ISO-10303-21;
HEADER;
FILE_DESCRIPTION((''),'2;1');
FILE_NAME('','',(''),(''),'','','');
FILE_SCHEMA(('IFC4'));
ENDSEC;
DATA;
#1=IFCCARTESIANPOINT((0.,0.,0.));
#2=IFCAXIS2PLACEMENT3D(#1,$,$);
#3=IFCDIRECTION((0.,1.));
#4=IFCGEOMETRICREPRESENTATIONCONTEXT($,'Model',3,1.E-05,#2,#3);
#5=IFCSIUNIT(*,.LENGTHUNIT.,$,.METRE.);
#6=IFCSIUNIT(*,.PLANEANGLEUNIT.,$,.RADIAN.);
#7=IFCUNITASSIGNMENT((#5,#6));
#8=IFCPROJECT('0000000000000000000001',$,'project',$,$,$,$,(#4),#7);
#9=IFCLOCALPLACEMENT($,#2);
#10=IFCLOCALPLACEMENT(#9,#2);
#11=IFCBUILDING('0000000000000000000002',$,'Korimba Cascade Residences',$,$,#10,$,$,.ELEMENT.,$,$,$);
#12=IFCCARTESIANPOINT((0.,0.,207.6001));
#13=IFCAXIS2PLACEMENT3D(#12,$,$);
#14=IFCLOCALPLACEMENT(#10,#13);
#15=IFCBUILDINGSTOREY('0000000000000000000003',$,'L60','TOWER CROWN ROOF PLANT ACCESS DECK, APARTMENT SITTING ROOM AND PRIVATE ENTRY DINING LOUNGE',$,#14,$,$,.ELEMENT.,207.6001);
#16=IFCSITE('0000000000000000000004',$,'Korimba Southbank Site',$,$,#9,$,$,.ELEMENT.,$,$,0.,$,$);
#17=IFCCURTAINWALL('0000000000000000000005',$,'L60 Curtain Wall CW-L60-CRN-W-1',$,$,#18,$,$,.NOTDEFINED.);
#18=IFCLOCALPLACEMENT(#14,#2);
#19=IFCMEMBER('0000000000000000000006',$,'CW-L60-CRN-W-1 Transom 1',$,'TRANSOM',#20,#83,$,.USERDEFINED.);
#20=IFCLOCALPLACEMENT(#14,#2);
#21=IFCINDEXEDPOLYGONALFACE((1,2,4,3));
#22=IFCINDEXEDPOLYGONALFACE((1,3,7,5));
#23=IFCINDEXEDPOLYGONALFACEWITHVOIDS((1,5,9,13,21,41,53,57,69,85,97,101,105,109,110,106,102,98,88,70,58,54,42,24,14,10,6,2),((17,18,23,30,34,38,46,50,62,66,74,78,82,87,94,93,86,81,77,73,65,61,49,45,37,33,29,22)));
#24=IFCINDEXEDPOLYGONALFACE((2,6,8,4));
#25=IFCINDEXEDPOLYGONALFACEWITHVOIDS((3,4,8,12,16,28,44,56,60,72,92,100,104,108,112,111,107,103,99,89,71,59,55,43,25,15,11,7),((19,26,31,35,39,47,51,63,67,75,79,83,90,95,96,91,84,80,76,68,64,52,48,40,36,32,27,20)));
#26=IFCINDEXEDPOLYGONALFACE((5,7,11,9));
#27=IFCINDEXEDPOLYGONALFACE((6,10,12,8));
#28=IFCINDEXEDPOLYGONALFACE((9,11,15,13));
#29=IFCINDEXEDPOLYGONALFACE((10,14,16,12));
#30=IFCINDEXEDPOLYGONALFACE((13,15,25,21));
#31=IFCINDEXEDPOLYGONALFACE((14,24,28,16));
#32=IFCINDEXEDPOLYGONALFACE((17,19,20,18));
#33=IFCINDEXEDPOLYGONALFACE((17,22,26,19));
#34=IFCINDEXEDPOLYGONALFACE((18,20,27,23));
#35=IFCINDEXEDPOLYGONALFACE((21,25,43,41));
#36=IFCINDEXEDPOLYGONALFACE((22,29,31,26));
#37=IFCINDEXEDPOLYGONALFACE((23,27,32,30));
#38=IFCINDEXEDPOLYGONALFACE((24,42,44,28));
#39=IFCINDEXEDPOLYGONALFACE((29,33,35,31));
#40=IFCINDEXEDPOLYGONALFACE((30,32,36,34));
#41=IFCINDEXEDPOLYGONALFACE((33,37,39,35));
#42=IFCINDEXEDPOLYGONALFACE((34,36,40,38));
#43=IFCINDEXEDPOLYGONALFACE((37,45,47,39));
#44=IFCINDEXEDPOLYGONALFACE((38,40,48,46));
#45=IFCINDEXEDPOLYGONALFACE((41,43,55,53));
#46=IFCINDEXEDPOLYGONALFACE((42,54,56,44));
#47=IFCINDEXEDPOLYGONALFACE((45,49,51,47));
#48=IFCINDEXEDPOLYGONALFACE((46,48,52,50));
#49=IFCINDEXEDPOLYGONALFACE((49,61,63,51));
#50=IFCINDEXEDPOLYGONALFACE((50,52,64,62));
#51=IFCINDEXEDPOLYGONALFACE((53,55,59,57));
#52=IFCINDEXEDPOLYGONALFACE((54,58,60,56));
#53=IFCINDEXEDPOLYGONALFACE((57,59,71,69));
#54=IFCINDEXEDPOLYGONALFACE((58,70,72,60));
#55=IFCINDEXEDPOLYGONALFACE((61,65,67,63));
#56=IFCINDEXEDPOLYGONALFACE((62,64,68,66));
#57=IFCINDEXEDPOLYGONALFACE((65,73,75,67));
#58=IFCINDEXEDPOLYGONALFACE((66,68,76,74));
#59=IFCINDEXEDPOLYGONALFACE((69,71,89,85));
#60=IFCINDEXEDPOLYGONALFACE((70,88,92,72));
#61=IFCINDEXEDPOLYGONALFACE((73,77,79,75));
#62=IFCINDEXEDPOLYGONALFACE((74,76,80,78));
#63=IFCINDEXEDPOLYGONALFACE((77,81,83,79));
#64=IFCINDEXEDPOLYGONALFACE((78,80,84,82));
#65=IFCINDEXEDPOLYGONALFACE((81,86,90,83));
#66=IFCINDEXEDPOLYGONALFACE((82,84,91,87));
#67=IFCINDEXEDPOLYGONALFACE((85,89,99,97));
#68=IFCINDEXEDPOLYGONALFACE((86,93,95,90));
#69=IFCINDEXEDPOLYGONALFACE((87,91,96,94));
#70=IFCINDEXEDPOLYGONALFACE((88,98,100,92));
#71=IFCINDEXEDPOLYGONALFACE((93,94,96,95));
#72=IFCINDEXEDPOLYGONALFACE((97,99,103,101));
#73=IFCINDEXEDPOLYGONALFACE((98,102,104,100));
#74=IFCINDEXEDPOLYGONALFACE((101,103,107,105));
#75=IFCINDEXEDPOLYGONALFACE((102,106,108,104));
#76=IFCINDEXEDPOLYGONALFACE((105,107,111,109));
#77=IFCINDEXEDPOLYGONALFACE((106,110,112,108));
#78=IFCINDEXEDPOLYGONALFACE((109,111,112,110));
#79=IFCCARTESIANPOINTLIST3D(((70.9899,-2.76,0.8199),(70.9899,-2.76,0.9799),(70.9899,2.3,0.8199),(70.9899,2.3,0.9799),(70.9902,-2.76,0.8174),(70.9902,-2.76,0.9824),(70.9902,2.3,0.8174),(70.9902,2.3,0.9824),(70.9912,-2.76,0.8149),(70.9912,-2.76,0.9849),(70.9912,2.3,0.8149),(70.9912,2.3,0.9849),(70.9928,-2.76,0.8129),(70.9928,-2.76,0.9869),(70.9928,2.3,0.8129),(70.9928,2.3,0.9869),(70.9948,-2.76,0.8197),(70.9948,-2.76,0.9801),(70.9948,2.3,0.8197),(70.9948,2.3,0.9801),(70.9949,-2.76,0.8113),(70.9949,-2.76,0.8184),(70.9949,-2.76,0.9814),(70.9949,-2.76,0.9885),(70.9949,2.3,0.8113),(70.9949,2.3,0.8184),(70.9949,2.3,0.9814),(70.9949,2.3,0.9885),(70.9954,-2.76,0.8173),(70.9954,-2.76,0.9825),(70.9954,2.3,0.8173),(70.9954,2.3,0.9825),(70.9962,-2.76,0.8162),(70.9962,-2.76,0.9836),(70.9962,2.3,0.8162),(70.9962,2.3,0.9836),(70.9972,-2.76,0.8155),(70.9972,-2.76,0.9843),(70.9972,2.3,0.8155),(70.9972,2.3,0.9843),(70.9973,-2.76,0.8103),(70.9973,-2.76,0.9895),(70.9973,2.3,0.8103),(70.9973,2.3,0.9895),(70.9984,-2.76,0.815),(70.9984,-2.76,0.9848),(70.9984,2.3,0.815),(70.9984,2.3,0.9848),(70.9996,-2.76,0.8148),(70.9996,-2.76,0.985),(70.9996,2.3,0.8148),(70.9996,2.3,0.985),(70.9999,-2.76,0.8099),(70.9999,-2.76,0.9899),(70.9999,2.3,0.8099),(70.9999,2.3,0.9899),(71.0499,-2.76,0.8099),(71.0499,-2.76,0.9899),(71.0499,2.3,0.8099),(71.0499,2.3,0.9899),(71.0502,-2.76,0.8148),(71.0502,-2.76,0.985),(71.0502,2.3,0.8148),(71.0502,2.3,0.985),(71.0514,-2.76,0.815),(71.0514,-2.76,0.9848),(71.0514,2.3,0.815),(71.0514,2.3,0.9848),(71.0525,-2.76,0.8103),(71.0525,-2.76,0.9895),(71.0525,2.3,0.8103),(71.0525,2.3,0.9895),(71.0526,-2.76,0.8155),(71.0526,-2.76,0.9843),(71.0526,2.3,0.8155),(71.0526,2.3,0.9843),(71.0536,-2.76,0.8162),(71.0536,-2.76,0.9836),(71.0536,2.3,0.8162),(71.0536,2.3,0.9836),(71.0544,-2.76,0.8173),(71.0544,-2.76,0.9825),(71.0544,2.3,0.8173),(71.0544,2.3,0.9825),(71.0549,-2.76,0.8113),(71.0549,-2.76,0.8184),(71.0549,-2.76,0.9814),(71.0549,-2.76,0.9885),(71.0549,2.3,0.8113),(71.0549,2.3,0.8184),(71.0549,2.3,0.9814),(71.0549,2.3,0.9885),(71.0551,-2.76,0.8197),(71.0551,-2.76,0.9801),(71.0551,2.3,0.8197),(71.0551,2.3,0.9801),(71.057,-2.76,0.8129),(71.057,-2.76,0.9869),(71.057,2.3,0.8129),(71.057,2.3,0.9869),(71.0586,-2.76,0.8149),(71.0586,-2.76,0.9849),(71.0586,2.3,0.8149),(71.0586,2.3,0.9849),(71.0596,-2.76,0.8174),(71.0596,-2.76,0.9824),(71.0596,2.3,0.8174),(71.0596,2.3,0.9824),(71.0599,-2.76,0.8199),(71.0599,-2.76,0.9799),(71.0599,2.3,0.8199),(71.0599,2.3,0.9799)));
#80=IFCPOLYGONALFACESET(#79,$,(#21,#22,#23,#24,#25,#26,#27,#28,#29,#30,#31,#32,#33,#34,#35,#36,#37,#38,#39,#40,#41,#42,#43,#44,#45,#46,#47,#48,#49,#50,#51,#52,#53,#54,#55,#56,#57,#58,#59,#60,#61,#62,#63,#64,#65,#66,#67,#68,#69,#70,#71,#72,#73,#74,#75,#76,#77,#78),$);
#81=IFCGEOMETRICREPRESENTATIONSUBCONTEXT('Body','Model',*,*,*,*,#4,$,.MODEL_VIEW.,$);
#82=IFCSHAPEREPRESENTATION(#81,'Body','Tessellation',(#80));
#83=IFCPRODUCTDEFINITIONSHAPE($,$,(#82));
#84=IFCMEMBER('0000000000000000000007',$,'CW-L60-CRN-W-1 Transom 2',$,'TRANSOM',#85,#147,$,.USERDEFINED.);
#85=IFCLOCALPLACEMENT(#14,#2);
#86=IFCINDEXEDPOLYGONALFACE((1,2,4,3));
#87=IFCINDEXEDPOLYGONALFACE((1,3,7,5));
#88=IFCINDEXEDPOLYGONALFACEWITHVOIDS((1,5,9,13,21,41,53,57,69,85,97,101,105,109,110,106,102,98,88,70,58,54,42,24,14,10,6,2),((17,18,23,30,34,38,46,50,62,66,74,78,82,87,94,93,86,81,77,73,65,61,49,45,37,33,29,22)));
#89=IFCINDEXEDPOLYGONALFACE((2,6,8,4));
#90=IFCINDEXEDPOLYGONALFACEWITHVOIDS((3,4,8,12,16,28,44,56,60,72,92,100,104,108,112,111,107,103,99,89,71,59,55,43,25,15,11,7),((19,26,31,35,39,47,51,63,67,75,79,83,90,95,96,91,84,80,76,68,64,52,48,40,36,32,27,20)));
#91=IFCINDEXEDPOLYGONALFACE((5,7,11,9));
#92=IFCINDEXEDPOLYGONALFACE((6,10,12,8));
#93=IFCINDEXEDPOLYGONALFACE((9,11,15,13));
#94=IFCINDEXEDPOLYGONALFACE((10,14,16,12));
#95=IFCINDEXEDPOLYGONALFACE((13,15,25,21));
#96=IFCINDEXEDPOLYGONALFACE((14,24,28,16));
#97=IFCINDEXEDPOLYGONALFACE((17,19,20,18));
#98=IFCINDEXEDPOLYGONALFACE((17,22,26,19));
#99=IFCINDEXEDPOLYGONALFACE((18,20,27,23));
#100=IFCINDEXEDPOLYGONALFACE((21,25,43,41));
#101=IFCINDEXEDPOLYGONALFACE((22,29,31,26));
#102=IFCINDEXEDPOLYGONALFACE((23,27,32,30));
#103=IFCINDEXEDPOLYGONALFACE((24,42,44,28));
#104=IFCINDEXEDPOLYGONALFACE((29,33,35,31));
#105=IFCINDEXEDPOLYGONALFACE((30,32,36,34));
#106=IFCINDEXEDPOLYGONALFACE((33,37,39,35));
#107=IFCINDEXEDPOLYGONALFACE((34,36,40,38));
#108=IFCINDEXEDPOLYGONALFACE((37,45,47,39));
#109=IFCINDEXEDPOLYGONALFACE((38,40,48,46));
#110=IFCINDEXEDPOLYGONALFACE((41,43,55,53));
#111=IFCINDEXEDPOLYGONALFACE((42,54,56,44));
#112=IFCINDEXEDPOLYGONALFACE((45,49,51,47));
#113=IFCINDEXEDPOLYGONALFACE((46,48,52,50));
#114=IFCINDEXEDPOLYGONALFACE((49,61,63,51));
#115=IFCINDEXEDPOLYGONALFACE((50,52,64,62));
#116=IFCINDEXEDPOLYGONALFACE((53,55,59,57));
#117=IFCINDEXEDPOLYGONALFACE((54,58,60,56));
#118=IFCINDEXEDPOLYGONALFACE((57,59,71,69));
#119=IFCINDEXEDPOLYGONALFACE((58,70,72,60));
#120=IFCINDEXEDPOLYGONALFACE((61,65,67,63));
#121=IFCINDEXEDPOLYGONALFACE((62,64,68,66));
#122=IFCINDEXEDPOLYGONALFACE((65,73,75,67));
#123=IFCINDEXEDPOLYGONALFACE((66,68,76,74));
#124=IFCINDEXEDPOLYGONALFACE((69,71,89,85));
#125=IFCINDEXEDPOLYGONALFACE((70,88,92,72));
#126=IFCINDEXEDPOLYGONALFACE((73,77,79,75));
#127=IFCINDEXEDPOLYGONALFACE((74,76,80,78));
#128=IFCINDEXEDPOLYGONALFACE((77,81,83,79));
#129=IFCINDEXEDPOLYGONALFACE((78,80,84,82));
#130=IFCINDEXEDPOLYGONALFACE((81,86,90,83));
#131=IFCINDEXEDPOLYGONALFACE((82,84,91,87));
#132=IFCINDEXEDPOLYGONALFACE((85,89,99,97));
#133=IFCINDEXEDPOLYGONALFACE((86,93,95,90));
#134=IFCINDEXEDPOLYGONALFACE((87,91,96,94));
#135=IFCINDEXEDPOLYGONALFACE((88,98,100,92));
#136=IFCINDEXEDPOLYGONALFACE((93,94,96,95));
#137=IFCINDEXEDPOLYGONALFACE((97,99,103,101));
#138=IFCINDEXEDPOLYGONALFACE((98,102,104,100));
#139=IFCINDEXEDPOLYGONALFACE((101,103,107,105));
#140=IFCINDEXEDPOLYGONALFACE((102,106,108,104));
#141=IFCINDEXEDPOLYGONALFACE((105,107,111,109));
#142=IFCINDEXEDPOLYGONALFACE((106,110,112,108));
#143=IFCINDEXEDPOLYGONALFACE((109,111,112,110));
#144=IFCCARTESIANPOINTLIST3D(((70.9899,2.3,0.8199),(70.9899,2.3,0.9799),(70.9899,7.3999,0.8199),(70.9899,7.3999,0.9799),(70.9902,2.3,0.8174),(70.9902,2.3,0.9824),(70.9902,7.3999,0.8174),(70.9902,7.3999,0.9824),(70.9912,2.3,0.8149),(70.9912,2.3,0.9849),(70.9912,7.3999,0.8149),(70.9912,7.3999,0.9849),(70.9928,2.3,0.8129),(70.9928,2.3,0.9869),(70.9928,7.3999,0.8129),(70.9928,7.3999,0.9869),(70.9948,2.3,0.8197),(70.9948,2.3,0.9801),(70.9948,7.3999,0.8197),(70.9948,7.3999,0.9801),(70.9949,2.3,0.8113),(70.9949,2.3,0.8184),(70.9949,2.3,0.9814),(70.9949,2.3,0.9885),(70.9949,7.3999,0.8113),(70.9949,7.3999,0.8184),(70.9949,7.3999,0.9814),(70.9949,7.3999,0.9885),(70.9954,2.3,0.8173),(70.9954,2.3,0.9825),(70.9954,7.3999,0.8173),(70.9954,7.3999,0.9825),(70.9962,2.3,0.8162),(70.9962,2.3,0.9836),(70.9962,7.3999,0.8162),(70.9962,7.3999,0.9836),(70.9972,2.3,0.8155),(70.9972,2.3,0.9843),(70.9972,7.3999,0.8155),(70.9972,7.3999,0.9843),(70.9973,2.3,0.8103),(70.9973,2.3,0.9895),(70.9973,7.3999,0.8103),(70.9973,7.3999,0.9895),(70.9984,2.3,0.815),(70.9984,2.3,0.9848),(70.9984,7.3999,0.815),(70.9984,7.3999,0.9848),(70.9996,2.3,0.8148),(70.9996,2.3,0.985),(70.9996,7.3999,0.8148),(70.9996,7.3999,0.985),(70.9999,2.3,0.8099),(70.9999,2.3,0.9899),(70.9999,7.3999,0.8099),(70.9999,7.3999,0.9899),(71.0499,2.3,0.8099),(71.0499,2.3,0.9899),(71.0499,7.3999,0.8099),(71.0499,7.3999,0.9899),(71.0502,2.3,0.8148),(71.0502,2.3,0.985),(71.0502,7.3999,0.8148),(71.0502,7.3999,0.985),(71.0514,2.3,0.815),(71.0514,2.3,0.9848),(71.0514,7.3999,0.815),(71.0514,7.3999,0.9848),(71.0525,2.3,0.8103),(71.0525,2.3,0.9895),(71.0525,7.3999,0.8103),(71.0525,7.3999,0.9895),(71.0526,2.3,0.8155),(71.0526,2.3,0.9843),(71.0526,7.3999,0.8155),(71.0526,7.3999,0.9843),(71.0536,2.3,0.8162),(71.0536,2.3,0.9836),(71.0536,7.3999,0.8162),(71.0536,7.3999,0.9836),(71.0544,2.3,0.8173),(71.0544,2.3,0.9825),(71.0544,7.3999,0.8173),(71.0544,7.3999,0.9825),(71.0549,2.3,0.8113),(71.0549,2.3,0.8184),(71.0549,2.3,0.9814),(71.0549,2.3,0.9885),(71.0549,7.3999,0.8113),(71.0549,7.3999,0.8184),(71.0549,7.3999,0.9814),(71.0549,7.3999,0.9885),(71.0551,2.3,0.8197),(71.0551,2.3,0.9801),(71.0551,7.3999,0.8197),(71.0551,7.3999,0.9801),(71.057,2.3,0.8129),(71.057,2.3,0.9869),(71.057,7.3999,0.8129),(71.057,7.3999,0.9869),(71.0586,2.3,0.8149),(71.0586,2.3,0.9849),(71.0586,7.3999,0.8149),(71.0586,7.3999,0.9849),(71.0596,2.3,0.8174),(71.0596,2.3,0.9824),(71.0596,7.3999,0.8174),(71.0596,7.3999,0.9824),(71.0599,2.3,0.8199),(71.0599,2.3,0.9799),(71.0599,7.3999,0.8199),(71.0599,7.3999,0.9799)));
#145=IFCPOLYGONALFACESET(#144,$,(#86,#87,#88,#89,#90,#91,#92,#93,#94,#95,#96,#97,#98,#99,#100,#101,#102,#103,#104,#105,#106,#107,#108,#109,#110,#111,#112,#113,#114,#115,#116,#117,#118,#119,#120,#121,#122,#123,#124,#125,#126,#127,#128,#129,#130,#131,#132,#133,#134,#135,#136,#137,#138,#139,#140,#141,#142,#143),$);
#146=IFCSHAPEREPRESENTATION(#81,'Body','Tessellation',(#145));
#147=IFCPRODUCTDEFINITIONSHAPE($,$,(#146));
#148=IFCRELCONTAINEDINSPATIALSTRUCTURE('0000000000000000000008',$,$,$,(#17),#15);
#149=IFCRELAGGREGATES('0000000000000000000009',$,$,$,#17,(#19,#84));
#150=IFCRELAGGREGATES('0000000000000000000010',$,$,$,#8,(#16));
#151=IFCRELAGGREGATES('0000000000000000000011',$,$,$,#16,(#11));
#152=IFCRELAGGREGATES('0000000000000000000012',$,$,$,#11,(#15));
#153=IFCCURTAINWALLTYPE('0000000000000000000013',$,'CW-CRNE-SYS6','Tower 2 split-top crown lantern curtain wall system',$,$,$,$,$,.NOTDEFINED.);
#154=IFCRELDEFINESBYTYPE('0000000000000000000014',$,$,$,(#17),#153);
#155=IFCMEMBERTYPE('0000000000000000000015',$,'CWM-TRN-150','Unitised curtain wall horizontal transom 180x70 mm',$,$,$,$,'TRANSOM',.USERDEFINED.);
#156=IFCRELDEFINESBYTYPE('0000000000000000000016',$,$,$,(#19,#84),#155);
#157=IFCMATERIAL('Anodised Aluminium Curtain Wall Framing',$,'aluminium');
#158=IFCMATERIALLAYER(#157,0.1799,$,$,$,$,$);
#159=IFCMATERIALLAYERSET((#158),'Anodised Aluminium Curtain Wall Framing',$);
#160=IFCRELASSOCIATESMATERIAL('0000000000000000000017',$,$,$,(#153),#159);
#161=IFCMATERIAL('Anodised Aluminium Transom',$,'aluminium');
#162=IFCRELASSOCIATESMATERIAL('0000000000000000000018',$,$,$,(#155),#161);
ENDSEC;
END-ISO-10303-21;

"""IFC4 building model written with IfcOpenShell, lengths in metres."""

from ifc_helpers import new_model, si_unit, direction, frame, origin, origin_2d, place, context, subcontext, project, spatial, hollow_rectangle, extrude, material, layer, layer_set, material_profile, profile_set, type_object, element, aggregate, save


model = new_model("IFC4")

# Units and contexts
model_context = context("Model", 3, precision=1e-05, world=origin(), true_north=direction((0.0, 1.0)))
body_context = subcontext(model_context, "Body", "Model", "MODEL_VIEW")
ifc_project = project(units=[si_unit("LENGTHUNIT", "METRE"), si_unit("PLANEANGLEUNIT", "RADIAN")], contexts=[model_context])

# Site, building, storey
site_placement = place(None, origin())
site = spatial("IfcSite", under=ifc_project, at=site_placement, Name="Korimba Southbank Site", CompositionType="ELEMENT", RefElevation=0.0)
building_placement = place(site_placement, origin())
building = spatial("IfcBuilding", under=site, at=building_placement, Name="Korimba Cascade Residences", CompositionType="ELEMENT")
storey_placement = place(building_placement, frame((0.0, 0.0, 207.6001)))
storey = spatial("IfcBuildingStorey", under=building, at=storey_placement, Name="L60", Description="TOWER CROWN ROOF PLANT ACCESS DECK, APARTMENT SITTING ROOM AND PRIVATE ENTRY DINING LOUNGE", CompositionType="ELEMENT", Elevation=207.6001)

# Curtain wall, members
ifc_material_1 = material(Name="Anodised Aluminium Curtain Wall Framing", Category="aluminium")
ifc_layer_1 = layer(ifc_material_1, 0.1799)
ifc_layer_set_1 = layer_set([ifc_layer_1], Name="Anodised Aluminium Curtain Wall Framing")
curtain_wall_type = type_object("IfcCurtainWallType", Name="CW-CRNE-SYS6", Description="Tower 2 split-top crown lantern curtain wall system", PredefinedType="NOTDEFINED", material=ifc_layer_set_1)
curtain_wall_placement = place(storey_placement, origin())
curtain_wall = element("IfcCurtainWall", 1, at=curtain_wall_placement, inside=storey, type_object=curtain_wall_type, Name="L60 Curtain Wall CW-L60-CRN-W-1", PredefinedType="NOTDEFINED")
ifc_material_2 = material(Name="Anodised Aluminium Transom", Category="aluminium")
ifc_material_profile_1 = material_profile(ifc_material_2, hollow_rectangle(XDim=0.0701, YDim=0.1799, WallThickness=0.0049, InnerFilletRadius=0.0049, OuterFilletRadius=0.01, at=origin_2d()), Name="Anodised Aluminium Transom")
ifc_profile_set_1 = profile_set([ifc_material_profile_1], Name="Anodised Aluminium Transom")
member_type_1 = type_object("IfcMemberType", Name="CWM-TRN-150", Description="Unitised curtain wall horizontal transom 180x70 mm", ElementType="TRANSOM", PredefinedType="USERDEFINED", material=ifc_profile_set_1)
member_1_placement = place(storey_placement, frame((71.0249, -2.76, 0.8999), z_axis=(0.0, 1.0, 0.0), x_axis=(-1.0, 0.0, 0.0)))
member_1 = element("IfcMember", 2, at=member_1_placement, type_object=member_type_1, Name="CW-L60-CRN-W-1 Transom 1", ObjectType="TRANSOM", PredefinedType="USERDEFINED", context=body_context, shape_type="SweptSolid", body=[
    extrude(hollow_rectangle(XDim=0.0701, YDim=0.1799, WallThickness=0.0049, InnerFilletRadius=0.0049, OuterFilletRadius=0.01, at=origin_2d()), origin(), (0.0, 0.0, 1.0), 5.0601),
])
member_2_placement = place(storey_placement, frame((71.0249, 2.3, 0.8999), z_axis=(0.0, 1.0, 0.0), x_axis=(-1.0, 0.0, 0.0)))
member_2 = element("IfcMember", 3, at=member_2_placement, type_object=member_type_1, Name="CW-L60-CRN-W-1 Transom 2", ObjectType="TRANSOM", PredefinedType="USERDEFINED", context=body_context, shape_type="SweptSolid", body=[
    extrude(hollow_rectangle(XDim=0.0701, YDim=0.1799, WallThickness=0.0049, InnerFilletRadius=0.0049, OuterFilletRadius=0.01, at=origin_2d()), origin(), (0.0, 0.0, 1.0), 5.0999),
])
aggregate(curtain_wall, [member_1, member_2])

save(model, "model.ifc")
